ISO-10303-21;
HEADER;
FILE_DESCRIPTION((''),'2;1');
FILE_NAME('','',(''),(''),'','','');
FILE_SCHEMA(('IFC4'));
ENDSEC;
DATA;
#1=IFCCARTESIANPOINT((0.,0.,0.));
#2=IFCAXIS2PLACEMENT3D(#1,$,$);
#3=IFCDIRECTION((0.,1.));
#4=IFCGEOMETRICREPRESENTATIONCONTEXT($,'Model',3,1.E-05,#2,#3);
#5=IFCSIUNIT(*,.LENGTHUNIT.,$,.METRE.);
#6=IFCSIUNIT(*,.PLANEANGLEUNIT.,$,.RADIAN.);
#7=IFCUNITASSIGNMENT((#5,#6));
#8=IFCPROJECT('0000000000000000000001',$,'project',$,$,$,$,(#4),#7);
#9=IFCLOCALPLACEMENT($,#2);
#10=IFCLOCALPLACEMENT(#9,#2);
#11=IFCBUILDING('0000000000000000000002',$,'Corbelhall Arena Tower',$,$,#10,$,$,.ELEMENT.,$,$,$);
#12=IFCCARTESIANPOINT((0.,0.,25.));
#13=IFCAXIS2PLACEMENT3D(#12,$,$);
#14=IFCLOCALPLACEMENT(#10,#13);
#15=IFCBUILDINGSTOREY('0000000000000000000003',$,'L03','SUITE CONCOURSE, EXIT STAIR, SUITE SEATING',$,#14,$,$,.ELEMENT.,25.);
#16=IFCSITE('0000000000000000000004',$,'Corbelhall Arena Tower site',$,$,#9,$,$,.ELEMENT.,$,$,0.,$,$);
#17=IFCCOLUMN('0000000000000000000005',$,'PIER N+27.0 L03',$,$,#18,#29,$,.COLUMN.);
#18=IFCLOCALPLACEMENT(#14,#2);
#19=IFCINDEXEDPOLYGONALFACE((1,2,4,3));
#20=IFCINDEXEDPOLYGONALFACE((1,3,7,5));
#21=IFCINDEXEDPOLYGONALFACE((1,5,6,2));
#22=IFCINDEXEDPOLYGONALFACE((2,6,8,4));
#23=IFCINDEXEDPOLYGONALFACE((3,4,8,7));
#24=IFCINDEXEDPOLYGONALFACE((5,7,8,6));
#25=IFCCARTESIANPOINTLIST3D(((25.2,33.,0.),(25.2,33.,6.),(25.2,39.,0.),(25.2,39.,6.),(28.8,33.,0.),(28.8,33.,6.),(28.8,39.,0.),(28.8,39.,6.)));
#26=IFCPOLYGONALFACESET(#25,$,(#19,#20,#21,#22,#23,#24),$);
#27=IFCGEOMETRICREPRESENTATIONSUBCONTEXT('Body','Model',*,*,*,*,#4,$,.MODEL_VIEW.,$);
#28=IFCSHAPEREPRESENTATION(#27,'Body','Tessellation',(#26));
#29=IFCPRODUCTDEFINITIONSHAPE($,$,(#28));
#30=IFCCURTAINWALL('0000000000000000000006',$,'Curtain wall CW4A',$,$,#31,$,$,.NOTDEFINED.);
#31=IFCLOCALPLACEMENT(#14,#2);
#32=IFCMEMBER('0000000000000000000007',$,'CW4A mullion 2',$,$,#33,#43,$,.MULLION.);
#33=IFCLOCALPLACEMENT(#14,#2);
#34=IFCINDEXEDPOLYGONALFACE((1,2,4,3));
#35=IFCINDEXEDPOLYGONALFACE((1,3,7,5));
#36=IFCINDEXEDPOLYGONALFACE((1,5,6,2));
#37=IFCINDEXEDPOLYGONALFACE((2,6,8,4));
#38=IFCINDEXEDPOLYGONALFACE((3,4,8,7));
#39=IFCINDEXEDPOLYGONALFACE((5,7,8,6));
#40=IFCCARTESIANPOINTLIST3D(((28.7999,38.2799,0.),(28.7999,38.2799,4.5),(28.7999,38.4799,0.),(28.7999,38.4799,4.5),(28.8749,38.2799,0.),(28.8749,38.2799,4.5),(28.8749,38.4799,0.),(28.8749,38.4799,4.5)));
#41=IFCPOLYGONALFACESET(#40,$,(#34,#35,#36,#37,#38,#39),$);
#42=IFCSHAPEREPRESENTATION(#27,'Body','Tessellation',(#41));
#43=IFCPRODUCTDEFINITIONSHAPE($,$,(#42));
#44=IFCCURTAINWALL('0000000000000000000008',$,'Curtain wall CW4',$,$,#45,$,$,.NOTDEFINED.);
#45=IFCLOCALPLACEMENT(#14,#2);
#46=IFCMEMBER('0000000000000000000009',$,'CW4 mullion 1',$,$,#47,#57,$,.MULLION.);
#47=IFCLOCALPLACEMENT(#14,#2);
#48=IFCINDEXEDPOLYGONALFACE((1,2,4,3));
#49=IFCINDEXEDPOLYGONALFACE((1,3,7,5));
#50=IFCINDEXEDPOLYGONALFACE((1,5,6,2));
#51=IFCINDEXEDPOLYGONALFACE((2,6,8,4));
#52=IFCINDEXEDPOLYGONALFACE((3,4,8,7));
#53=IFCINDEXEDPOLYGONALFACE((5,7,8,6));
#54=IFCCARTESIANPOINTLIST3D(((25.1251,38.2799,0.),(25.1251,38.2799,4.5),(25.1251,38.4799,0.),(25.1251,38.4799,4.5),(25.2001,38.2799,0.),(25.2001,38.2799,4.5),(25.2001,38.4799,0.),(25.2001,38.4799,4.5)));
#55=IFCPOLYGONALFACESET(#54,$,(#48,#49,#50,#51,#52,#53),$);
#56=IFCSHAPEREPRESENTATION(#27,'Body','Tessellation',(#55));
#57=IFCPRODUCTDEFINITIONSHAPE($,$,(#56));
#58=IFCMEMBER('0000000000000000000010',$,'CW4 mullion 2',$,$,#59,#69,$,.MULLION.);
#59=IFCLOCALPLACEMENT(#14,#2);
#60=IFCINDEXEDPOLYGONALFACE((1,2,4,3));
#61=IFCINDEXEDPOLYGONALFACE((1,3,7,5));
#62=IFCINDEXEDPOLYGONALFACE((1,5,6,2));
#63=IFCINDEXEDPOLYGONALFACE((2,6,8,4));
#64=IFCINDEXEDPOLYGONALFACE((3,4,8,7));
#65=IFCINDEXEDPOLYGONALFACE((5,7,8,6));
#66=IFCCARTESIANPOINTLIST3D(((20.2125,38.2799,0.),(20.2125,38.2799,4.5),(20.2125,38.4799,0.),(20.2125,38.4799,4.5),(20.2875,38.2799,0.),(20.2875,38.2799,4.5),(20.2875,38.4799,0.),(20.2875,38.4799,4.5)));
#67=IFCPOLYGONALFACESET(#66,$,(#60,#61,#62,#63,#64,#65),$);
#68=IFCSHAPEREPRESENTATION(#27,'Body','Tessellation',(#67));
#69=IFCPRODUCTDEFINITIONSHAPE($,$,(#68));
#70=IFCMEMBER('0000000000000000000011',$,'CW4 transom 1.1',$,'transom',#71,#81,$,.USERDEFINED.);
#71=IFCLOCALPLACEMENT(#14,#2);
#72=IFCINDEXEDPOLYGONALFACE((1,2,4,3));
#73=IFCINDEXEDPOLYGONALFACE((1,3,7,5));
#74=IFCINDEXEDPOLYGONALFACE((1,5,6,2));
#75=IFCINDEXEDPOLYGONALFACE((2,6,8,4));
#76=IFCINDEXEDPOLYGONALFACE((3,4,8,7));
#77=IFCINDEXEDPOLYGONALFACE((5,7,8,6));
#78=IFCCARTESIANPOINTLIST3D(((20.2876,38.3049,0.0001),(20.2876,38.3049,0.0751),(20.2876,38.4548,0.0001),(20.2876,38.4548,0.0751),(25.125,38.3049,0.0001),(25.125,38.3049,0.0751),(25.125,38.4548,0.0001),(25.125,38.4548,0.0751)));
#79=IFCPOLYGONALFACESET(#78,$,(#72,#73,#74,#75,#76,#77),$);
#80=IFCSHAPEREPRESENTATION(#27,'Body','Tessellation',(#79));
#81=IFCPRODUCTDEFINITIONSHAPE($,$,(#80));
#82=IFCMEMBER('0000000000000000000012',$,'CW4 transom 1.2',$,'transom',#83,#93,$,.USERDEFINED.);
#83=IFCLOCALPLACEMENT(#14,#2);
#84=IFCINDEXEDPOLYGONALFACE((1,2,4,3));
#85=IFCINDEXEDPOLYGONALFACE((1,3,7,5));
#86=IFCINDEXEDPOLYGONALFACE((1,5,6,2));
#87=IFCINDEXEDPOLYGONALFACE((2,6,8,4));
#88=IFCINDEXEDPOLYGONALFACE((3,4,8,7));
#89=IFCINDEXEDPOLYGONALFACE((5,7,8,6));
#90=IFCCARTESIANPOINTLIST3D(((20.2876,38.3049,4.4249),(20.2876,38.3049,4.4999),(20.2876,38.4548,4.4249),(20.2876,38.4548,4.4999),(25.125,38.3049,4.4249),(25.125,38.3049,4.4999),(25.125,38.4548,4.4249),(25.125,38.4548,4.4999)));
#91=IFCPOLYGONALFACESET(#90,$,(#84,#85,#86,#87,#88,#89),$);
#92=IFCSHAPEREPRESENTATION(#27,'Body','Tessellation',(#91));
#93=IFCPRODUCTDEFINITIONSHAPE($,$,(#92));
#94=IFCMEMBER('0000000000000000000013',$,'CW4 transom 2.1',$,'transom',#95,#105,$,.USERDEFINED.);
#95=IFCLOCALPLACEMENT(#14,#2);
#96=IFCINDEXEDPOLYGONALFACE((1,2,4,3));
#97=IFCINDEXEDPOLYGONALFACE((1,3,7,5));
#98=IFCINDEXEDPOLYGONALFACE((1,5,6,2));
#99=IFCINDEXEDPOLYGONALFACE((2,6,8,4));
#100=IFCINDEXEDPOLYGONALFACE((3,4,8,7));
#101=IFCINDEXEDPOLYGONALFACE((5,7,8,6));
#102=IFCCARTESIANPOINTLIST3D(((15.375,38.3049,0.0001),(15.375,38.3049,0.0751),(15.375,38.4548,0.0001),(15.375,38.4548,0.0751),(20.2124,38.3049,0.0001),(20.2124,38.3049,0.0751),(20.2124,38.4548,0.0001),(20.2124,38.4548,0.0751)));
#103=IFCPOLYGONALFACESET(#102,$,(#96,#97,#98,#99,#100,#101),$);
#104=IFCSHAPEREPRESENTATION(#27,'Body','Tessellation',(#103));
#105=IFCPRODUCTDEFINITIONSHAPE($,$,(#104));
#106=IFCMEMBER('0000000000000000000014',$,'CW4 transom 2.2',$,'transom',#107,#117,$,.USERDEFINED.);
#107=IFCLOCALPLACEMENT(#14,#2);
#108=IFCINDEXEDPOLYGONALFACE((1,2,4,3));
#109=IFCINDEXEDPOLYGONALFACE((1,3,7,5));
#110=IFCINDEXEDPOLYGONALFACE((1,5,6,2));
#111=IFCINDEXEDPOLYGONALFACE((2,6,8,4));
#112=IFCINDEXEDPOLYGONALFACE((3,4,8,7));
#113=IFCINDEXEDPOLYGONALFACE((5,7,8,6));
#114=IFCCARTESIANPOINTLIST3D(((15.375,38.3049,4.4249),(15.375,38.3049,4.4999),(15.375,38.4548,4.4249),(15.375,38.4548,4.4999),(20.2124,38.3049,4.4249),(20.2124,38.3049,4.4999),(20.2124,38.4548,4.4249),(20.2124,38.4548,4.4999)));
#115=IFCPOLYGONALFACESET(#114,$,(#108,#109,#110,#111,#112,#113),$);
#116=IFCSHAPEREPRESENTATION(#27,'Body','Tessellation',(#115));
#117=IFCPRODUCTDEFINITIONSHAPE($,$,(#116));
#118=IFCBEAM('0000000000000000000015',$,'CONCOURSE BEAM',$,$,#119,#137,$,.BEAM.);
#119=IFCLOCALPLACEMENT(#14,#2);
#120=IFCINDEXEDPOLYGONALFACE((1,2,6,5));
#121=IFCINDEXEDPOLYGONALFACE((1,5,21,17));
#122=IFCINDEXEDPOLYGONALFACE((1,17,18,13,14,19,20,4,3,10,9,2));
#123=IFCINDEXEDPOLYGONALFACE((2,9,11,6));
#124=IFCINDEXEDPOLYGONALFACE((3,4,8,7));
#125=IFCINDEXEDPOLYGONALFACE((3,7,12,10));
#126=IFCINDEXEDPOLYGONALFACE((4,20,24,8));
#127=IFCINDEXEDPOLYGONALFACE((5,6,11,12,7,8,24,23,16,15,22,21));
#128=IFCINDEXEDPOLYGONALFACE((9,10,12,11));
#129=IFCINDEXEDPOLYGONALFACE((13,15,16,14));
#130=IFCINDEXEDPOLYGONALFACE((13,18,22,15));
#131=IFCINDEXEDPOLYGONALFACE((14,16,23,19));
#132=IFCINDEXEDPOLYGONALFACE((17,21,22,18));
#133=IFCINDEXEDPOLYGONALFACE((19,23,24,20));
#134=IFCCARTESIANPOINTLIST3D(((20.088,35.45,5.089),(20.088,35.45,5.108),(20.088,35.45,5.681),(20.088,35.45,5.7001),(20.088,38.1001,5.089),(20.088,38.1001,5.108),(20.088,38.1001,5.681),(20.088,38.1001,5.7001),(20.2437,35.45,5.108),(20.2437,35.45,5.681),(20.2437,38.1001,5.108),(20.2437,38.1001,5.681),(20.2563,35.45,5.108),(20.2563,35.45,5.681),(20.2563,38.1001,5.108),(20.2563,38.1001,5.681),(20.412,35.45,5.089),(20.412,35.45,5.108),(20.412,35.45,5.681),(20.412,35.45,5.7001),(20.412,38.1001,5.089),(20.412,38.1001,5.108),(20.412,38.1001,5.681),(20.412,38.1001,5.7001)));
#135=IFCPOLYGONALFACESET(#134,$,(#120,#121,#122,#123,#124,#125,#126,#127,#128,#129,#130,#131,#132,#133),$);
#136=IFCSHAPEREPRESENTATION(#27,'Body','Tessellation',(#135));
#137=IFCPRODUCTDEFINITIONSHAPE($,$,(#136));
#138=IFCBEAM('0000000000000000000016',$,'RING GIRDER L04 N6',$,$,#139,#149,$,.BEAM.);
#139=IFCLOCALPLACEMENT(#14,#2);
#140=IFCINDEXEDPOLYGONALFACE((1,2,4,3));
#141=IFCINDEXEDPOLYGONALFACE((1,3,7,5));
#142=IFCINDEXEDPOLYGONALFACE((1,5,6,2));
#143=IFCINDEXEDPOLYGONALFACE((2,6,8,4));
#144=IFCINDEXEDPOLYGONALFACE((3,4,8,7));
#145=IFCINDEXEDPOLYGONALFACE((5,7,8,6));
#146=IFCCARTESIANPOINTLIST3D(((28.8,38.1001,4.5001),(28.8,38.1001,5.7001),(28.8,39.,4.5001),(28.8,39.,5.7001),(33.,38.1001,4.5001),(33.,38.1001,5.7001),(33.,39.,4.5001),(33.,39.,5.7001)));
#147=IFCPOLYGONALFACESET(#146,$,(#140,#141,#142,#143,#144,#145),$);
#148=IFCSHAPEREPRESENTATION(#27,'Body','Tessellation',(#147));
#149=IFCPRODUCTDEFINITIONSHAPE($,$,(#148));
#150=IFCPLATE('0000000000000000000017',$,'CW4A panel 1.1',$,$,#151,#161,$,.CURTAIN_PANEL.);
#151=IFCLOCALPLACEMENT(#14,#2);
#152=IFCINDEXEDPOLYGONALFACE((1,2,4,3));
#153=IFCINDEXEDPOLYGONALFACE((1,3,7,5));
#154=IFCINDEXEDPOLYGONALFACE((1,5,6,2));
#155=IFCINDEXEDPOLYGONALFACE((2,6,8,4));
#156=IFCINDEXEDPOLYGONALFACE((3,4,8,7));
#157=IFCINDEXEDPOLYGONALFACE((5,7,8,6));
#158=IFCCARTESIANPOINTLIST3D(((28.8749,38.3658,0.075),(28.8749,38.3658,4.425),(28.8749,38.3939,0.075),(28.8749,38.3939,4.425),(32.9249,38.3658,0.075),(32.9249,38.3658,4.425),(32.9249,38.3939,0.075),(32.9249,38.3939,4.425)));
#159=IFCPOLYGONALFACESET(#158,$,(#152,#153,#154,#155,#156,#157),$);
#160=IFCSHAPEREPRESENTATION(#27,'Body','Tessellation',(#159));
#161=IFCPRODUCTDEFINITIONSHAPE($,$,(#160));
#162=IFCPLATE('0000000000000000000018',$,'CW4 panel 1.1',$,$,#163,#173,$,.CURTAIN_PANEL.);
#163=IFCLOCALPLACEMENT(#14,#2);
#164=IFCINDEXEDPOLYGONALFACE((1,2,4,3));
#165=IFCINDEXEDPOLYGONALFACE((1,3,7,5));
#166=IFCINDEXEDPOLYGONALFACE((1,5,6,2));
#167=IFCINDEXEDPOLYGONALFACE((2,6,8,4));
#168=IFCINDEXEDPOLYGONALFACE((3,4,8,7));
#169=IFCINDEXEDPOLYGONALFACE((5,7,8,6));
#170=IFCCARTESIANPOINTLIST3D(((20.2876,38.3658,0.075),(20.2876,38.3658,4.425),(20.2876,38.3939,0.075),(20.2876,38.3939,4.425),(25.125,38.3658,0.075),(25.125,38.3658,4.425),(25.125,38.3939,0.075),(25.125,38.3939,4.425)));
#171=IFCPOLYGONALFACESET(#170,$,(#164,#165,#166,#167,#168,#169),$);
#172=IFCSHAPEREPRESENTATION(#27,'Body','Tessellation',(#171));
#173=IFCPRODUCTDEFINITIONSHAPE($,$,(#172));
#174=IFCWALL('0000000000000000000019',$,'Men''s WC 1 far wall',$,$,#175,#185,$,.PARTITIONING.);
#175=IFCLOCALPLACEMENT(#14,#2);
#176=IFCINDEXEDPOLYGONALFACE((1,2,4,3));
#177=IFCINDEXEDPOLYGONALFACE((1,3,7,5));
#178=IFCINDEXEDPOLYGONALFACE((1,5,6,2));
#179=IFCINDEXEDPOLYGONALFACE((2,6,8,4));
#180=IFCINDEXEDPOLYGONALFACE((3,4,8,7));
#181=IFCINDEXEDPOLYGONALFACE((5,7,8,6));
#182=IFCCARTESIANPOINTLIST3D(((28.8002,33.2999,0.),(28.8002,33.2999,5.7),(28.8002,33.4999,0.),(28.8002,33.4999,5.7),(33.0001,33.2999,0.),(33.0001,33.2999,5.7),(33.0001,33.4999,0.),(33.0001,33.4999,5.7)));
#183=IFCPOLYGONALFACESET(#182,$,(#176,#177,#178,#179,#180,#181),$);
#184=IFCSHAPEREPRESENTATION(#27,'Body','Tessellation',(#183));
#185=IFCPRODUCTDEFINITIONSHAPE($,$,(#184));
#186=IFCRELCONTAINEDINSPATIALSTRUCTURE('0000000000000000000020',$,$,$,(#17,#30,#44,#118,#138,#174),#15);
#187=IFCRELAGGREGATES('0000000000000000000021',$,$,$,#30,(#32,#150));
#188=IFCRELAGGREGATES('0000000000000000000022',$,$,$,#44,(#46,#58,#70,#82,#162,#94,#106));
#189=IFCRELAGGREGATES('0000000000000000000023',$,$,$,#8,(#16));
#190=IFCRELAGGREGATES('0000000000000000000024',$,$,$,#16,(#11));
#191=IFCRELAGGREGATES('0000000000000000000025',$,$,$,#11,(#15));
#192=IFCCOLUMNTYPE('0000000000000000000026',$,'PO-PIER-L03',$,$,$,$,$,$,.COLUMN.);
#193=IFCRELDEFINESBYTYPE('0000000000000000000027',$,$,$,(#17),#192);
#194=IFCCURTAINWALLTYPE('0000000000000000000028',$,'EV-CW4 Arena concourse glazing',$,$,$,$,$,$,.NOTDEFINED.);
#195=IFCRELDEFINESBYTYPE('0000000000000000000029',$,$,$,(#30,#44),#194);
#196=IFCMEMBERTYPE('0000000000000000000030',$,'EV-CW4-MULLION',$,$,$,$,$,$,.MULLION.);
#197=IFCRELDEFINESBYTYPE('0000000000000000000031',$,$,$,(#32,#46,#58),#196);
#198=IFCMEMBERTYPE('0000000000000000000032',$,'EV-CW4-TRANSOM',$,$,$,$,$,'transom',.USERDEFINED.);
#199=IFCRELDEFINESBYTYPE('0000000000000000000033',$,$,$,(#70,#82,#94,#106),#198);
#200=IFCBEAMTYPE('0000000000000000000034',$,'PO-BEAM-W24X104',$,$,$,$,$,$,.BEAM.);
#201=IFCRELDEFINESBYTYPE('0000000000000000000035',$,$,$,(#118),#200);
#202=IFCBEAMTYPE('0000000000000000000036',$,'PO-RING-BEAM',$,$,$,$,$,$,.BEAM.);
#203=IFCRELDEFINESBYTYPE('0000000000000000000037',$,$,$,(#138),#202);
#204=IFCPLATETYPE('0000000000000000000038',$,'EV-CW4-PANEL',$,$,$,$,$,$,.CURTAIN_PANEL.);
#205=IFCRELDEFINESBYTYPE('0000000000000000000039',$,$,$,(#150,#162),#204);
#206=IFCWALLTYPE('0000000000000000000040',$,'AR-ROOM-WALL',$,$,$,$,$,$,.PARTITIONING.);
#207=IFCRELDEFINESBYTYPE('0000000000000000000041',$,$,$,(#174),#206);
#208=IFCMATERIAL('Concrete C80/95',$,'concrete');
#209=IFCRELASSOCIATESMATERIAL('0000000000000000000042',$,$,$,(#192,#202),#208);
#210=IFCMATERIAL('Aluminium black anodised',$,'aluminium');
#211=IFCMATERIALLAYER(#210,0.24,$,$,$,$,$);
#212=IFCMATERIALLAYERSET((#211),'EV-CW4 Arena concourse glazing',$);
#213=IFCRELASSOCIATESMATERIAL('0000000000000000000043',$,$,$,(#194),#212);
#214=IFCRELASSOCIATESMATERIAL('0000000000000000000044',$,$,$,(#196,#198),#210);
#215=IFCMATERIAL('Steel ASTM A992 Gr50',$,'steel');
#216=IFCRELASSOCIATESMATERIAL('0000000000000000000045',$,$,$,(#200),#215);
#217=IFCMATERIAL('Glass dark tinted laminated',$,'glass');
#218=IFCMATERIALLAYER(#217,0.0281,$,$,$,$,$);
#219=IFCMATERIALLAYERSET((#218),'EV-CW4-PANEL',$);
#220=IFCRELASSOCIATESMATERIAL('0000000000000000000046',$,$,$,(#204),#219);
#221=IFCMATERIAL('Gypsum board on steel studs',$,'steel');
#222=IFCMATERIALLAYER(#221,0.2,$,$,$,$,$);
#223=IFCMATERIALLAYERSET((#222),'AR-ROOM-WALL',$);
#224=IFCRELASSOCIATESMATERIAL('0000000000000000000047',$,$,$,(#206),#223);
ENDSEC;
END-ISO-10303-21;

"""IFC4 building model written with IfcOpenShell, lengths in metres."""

from ifc_helpers import new_model, si_unit, direction, frame, frame_2d, origin, origin_2d, place, context, subcontext, project, spatial, rectangle, i_section, extrude, material, layer, layer_set, material_profile, profile_set, type_object, element, aggregate, save


model = new_model("IFC4")

# Units and contexts
model_context = context("Model", 3, precision=1e-05, world=origin(), true_north=direction((0.0, 1.0)))
body_context = subcontext(model_context, "Body", "Model", "MODEL_VIEW")
ifc_project = project(units=[si_unit("LENGTHUNIT", "METRE"), si_unit("PLANEANGLEUNIT", "RADIAN")], contexts=[model_context])

# Site, building, storey
site_placement = place(None, origin())
site = spatial("IfcSite", under=ifc_project, at=site_placement, Name="Corbelhall Arena Tower site", CompositionType="ELEMENT", RefElevation=0.0)
building_placement = place(site_placement, origin())
building = spatial("IfcBuilding", under=site, at=building_placement, Name="Corbelhall Arena Tower", CompositionType="ELEMENT")
storey_placement = place(building_placement, frame((0.0, 0.0, 25.0)))
storey = spatial("IfcBuildingStorey", under=building, at=storey_placement, Name="L03", Description="SUITE CONCOURSE, EXIT STAIR, SUITE SEATING", CompositionType="ELEMENT", Elevation=25.0)

# Column
ifc_material_1 = material(Name="Concrete C80/95", Category="concrete")
ifc_material_profile_1 = material_profile(ifc_material_1, rectangle(XDim=3.6001, YDim=6.0, at=origin_2d()))
ifc_profile_set_1 = profile_set([ifc_material_profile_1], Name="Concrete C80/95")
column_type = type_object("IfcColumnType", Name="PO-PIER-L03", PredefinedType="COLUMN", material=ifc_profile_set_1)
column_placement = place(storey_placement, frame((27.0, 36.0, 0.0), z_axis=(0.0, 0.0, 1.0), x_axis=(1.0, 0.0, 0.0)))
element("IfcColumn", 1, at=column_placement, inside=storey, type_object=column_type, Name="PIER N+27.0 L03", PredefinedType="COLUMN", context=body_context, shape_type="SweptSolid", body=[
    extrude(rectangle(XDim=3.6001, YDim=6.0, at=origin_2d()), origin(), (0.0, 0.0, 1.0), 6.0),
])

# Curtain wall, member
ifc_material_2 = material(Name="Aluminium black anodised", Category="aluminium")
ifc_layer_1 = layer(ifc_material_2, 0.24)
ifc_layer_set_1 = layer_set([ifc_layer_1], Name="EV-CW4 Arena concourse glazing")
curtain_wall_type = type_object("IfcCurtainWallType", Name="EV-CW4 Arena concourse glazing", PredefinedType="NOTDEFINED", material=ifc_layer_set_1)
curtain_wall_1_placement = place(storey_placement, origin())
curtain_wall_1 = element("IfcCurtainWall", 2, at=curtain_wall_1_placement, inside=storey, type_object=curtain_wall_type, Name="Curtain wall CW4A", PredefinedType="NOTDEFINED")
ifc_material_profile_2 = material_profile(ifc_material_2, rectangle(XDim=0.2, YDim=0.075, at=origin_2d()))
ifc_profile_set_2 = profile_set([ifc_material_profile_2], Name="Aluminium black anodised")
member_type_1 = type_object("IfcMemberType", Name="EV-CW4-MULLION", PredefinedType="MULLION", material=ifc_profile_set_2)
member_1_placement = place(storey_placement, frame((28.8374, 38.3799, 0.0), z_axis=(0.0, 0.0, 1.0), x_axis=(0.0, -1.0, 0.0)))
member_1 = element("IfcMember", 3, at=member_1_placement, type_object=member_type_1, Name="CW4A mullion 2", PredefinedType="MULLION", context=body_context, shape_type="SweptSolid", body=[
    extrude(rectangle(XDim=0.2, YDim=0.075, at=origin_2d()), origin(), (0.0, 0.0, 1.0), 4.5),
])

# Curtain wall, members
curtain_wall_2_placement = place(storey_placement, origin())
curtain_wall_2 = element("IfcCurtainWall", 4, at=curtain_wall_2_placement, inside=storey, type_object=curtain_wall_type, Name="Curtain wall CW4", PredefinedType="NOTDEFINED")
member_2_placement = place(storey_placement, frame((25.1626, 38.3799, 0.0), z_axis=(0.0, 0.0, 1.0), x_axis=(0.0, -1.0, 0.0)))
member_2 = element("IfcMember", 5, at=member_2_placement, type_object=member_type_1, Name="CW4 mullion 1", PredefinedType="MULLION", context=body_context, shape_type="SweptSolid", body=[
    extrude(rectangle(XDim=0.2, YDim=0.075, at=origin_2d()), origin(), (0.0, 0.0, 1.0), 4.5),
])
member_3_placement = place(storey_placement, frame((20.25, 38.3799, 0.0), z_axis=(0.0, 0.0, 1.0), x_axis=(0.0, -1.0, 0.0)))
member_3 = element("IfcMember", 6, at=member_3_placement, type_object=member_type_1, Name="CW4 mullion 2", PredefinedType="MULLION", context=body_context, shape_type="SweptSolid", body=[
    extrude(rectangle(XDim=0.2, YDim=0.075, at=origin_2d()), origin(), (0.0, 0.0, 1.0), 4.5),
])
ifc_material_profile_3 = material_profile(ifc_material_2, rectangle(XDim=0.1499, YDim=0.075, at=origin_2d()))
ifc_profile_set_3 = profile_set([ifc_material_profile_3], Name="Aluminium black anodised")
member_type_2 = type_object("IfcMemberType", Name="EV-CW4-TRANSOM", ElementType="transom", PredefinedType="USERDEFINED", material=ifc_profile_set_3)
member_4_placement = place(storey_placement, frame((25.125, 38.3799, 0.0376), z_axis=(-1.0, 0.0, 0.0), x_axis=(0.0, -1.0, 0.0)))
member_4 = element("IfcMember", 7, at=member_4_placement, type_object=member_type_2, Name="CW4 transom 1.1", ObjectType="transom", PredefinedType="USERDEFINED", context=body_context, shape_type="SweptSolid", body=[
    extrude(rectangle(XDim=0.1499, YDim=0.075, at=origin_2d()), origin(), (0.0, 0.0, 1.0), 4.8374),
])
member_5_placement = place(storey_placement, frame((25.125, 38.3799, 4.4624), z_axis=(-1.0, 0.0, 0.0), x_axis=(0.0, -1.0, 0.0)))
member_5 = element("IfcMember", 8, at=member_5_placement, type_object=member_type_2, Name="CW4 transom 1.2", ObjectType="transom", PredefinedType="USERDEFINED", context=body_context, shape_type="SweptSolid", body=[
    extrude(rectangle(XDim=0.1499, YDim=0.075, at=origin_2d()), origin(), (0.0, 0.0, 1.0), 4.8374),
])
member_6_placement = place(storey_placement, frame((20.2124, 38.3799, 0.0376), z_axis=(-1.0, 0.0, 0.0), x_axis=(0.0, -1.0, 0.0)))
member_6 = element("IfcMember", 9, at=member_6_placement, type_object=member_type_2, Name="CW4 transom 2.1", ObjectType="transom", PredefinedType="USERDEFINED", context=body_context, shape_type="SweptSolid", body=[
    extrude(rectangle(XDim=0.1499, YDim=0.075, at=origin_2d()), origin(), (0.0, 0.0, 1.0), 4.8374),
])
member_7_placement = place(storey_placement, frame((20.2124, 38.3799, 4.4624), z_axis=(-1.0, 0.0, 0.0), x_axis=(0.0, -1.0, 0.0)))
member_7 = element("IfcMember", 10, at=member_7_placement, type_object=member_type_2, Name="CW4 transom 2.2", ObjectType="transom", PredefinedType="USERDEFINED", context=body_context, shape_type="SweptSolid", body=[
    extrude(rectangle(XDim=0.1499, YDim=0.075, at=origin_2d()), origin(), (0.0, 0.0, 1.0), 4.8374),
])

# Beams
ifc_material_3 = material(Name="Steel ASTM A992 Gr50", Category="steel")
ifc_material_profile_4 = material_profile(ifc_material_3, i_section(OverallWidth=0.324, OverallDepth=0.6111, WebThickness=0.0127, FlangeThickness=0.019, at=origin_2d()))
ifc_profile_set_4 = profile_set([ifc_material_profile_4], Name="Steel ASTM A992 Gr50")
beam_type_1 = type_object("IfcBeamType", Name="PO-BEAM-W24X104", PredefinedType="BEAM", material=ifc_profile_set_4)
beam_1_placement = place(storey_placement, frame((20.25, 35.45, 5.3945), z_axis=(0.0, 1.0, 0.0), x_axis=(-1.0, 0.0, 0.0)))
element("IfcBeam", 11, at=beam_1_placement, inside=storey, type_object=beam_type_1, Name="CONCOURSE BEAM", PredefinedType="BEAM", context=body_context, shape_type="SweptSolid", body=[
    extrude(i_section(OverallWidth=0.324, OverallDepth=0.6111, WebThickness=0.0127, FlangeThickness=0.019, at=origin_2d()), origin(), (0.0, 0.0, 1.0), 2.6501),
])
ifc_material_profile_5 = material_profile(ifc_material_1, rectangle(XDim=0.8999, YDim=1.2, at=origin_2d()))
ifc_profile_set_5 = profile_set([ifc_material_profile_5], Name="Concrete C80/95")
beam_type_2 = type_object("IfcBeamType", Name="PO-RING-BEAM", PredefinedType="BEAM", material=ifc_profile_set_5)
beam_2_placement = place(storey_placement, frame((28.8, 38.55, 5.1001), z_axis=(1.0, 0.0, 0.0), x_axis=(0.0, 1.0, 0.0)))
element("IfcBeam", 12, at=beam_2_placement, inside=storey, type_object=beam_type_2, Name="RING GIRDER L04 N6", PredefinedType="BEAM", context=body_context, shape_type="SweptSolid", body=[
    extrude(rectangle(XDim=0.8999, YDim=1.2, at=origin_2d()), origin(), (0.0, 0.0, 1.0), 4.2),
])

# Plates
ifc_material_4 = material(Name="Glass dark tinted laminated", Category="glass")
ifc_layer_2 = layer(ifc_material_4, 0.0281)
ifc_layer_set_2 = layer_set([ifc_layer_2], Name="EV-CW4-PANEL")
plate_type = type_object("IfcPlateType", Name="EV-CW4-PANEL", PredefinedType="CURTAIN_PANEL", material=ifc_layer_set_2)
plate_1_placement = place(storey_placement, frame((30.8999, 38.3799, 0.075), z_axis=(0.0, 0.0, 1.0), x_axis=(-1.0, 0.0, 0.0)))
plate_1 = element("IfcPlate", 13, at=plate_1_placement, type_object=plate_type, Name="CW4A panel 1.1", PredefinedType="CURTAIN_PANEL", context=body_context, shape_type="SweptSolid", body=[
    extrude(rectangle(XDim=4.05, YDim=0.0281, at=origin_2d()), origin(), (0.0, 0.0, 1.0), 4.3501),
])
aggregate(curtain_wall_1, [member_1, plate_1])
plate_2_placement = place(storey_placement, frame((22.7063, 38.3799, 0.075), z_axis=(0.0, 0.0, 1.0), x_axis=(-1.0, 0.0, 0.0)))
plate_2 = element("IfcPlate", 14, at=plate_2_placement, type_object=plate_type, Name="CW4 panel 1.1", PredefinedType="CURTAIN_PANEL", context=body_context, shape_type="SweptSolid", body=[
    extrude(rectangle(XDim=4.8374, YDim=0.0281, at=origin_2d()), origin(), (0.0, 0.0, 1.0), 4.3501),
])
aggregate(curtain_wall_2, [member_2, member_3, member_4, member_5, plate_2, member_6, member_7])

# Wall
ifc_material_5 = material(Name="Gypsum board on steel studs", Category="steel")
ifc_layer_3 = layer(ifc_material_5, 0.2)
ifc_layer_set_3 = layer_set([ifc_layer_3], Name="AR-ROOM-WALL")
wall_type = type_object("IfcWallType", Name="AR-ROOM-WALL", PredefinedType="PARTITIONING", material=ifc_layer_set_3)
wall_placement = place(storey_placement, frame((28.8, 33.3999, 0.0), z_axis=(0.0, 0.0, 1.0), x_axis=(1.0, 0.0, 0.0)))
element("IfcWall", 15, at=wall_placement, inside=storey, type_object=wall_type, Name="Men's WC 1 far wall", PredefinedType="PARTITIONING", context=body_context, shape_type="SweptSolid", body=[
    extrude(rectangle(XDim=4.2, YDim=0.2, at=frame_2d((2.1001, 0.0))), origin(), (0.0, 0.0, 1.0), 5.7),
])

save(model, "model.ifc")
